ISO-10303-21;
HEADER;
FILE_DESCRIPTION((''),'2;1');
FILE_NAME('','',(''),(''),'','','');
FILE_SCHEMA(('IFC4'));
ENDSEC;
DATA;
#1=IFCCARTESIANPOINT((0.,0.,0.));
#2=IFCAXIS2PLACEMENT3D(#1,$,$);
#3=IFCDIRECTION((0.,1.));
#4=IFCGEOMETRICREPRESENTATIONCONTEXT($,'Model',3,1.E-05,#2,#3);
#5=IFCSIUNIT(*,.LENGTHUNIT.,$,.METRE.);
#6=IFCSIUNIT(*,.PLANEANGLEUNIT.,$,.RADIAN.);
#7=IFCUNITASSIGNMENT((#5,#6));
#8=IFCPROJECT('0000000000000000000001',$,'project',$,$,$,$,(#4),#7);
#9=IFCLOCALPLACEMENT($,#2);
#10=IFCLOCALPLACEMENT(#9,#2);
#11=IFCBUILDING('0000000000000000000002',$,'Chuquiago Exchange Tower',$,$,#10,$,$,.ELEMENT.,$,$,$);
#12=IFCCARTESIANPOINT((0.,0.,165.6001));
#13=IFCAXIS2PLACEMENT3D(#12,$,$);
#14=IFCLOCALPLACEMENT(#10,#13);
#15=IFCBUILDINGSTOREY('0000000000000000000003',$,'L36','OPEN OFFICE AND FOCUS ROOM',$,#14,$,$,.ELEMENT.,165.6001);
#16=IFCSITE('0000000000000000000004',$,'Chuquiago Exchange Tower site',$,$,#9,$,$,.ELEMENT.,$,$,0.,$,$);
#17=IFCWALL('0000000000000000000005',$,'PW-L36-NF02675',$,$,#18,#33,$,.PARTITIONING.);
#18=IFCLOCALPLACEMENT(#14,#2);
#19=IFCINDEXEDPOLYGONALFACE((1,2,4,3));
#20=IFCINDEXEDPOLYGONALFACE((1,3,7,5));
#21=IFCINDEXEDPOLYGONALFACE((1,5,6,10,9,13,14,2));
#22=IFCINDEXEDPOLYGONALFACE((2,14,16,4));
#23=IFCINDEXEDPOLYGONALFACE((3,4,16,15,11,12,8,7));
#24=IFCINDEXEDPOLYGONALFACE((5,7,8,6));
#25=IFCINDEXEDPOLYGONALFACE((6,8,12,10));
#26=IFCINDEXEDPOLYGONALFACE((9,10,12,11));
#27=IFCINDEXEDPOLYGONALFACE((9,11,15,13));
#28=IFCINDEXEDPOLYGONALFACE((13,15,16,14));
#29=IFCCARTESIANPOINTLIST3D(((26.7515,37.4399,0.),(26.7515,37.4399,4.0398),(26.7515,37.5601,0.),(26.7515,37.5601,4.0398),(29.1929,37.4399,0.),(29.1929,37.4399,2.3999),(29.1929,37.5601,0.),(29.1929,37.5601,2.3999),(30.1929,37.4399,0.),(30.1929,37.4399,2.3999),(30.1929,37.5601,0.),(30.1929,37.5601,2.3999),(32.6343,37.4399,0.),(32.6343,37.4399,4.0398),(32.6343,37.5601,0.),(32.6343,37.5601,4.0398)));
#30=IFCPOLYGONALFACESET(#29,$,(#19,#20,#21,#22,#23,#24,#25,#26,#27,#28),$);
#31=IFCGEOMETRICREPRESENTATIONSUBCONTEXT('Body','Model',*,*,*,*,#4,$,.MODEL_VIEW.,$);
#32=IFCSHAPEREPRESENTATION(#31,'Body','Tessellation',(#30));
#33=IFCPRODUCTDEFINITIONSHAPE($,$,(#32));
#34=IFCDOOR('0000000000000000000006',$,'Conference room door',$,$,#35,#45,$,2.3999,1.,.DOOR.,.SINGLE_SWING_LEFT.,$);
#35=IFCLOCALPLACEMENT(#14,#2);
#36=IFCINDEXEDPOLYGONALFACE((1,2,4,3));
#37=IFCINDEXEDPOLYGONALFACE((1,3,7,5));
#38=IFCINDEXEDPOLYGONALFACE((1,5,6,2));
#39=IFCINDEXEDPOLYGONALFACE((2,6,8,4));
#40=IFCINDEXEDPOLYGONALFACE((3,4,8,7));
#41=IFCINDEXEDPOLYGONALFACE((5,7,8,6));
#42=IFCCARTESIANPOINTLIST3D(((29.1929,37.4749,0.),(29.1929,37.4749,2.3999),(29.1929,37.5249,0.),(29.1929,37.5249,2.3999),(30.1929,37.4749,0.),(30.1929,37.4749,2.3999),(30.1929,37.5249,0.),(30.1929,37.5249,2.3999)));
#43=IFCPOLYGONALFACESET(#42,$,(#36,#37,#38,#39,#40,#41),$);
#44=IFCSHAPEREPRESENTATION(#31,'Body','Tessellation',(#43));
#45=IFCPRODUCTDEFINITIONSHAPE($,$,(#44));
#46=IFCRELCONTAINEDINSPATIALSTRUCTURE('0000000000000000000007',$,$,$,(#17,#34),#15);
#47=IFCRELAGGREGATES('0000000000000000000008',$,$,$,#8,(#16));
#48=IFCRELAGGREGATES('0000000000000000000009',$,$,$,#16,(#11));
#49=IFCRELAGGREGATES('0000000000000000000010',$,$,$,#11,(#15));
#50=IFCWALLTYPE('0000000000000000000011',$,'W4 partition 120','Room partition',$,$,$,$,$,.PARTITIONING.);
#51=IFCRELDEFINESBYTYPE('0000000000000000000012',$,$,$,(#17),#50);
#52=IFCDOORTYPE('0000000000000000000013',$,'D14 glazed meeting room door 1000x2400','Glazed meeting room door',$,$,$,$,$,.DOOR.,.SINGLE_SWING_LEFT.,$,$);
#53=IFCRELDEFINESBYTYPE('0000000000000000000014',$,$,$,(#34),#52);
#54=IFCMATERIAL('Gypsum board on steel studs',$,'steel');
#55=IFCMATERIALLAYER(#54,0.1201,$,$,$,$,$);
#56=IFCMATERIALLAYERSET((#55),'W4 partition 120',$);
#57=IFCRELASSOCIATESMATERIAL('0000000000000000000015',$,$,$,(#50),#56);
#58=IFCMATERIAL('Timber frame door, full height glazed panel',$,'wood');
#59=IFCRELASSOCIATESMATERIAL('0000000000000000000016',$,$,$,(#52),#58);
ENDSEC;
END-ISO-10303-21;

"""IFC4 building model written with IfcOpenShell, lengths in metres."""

from ifc_helpers import new_model, si_unit, direction, frame, frame_2d, origin, place, context, subcontext, project, spatial, rectangle, extrude, material, layer, layer_set, type_object, element, fill, save


model = new_model("IFC4")

# Units and contexts
model_context = context("Model", 3, precision=1e-05, world=origin(), true_north=direction((0.0, 1.0)))
body_context = subcontext(model_context, "Body", "Model", "MODEL_VIEW")
ifc_project = project(units=[si_unit("LENGTHUNIT", "METRE"), si_unit("PLANEANGLEUNIT", "RADIAN")], contexts=[model_context])

# Site, building, storey
site_placement = place(None, origin())
site = spatial("IfcSite", under=ifc_project, at=site_placement, Name="Chuquiago Exchange Tower site", CompositionType="ELEMENT", RefElevation=0.0)
building_placement = place(site_placement, origin())
building = spatial("IfcBuilding", under=site, at=building_placement, Name="Chuquiago Exchange Tower", CompositionType="ELEMENT")
storey_placement = place(building_placement, frame((0.0, 0.0, 165.6001)))
storey = spatial("IfcBuildingStorey", under=building, at=storey_placement, Name="L36", Description="OPEN OFFICE AND FOCUS ROOM", CompositionType="ELEMENT", Elevation=165.6001)

# Shared definitions
ifc_material_1 = material(Name="Gypsum board on steel studs", Category="steel")
ifc_layer_1 = layer(ifc_material_1, 0.1201)
ifc_layer_set_1 = layer_set([ifc_layer_1], Name="W4 partition 120")
wall_type_1 = type_object("IfcWallType", Name="W4 partition 120", Description="Room partition", PredefinedType="PARTITIONING", material=ifc_layer_set_1)

# Wall, opening, door
ifc_material_2 = material(Name="Timber frame door, full height glazed panel", Category="wood")
door_type = type_object("IfcDoorType", Name="D14 glazed meeting room door 1000x2400", Description="Glazed meeting room door", OperationType="SINGLE_SWING_LEFT", PredefinedType="DOOR", material=ifc_material_2)
wall_1_placement = place(storey_placement, frame((26.7515, 37.5, 0.0), z_axis=(0.0, 0.0, 1.0), x_axis=(1.0, 0.0, 0.0)))
wall_1 = element("IfcWall", 1, at=wall_1_placement, inside=storey, type_object=wall_type_1, Name="PW-L36-NF02675", PredefinedType="PARTITIONING", context=body_context, shape_type="SweptSolid", body=[
    extrude(rectangle(XDim=5.8828, YDim=0.1201, at=frame_2d((2.9414, 0.0))), origin(), (0.0, 0.0, 1.0), 4.0398),
])
opening_1_placement = place(wall_1_placement, frame((2.4414, 0.0, 0.0)))
opening_1 = element("IfcOpeningElement", 2, at=opening_1_placement, cuts=wall_1, PredefinedType="OPENING", context=body_context, shape_type="SweptSolid", body=[
    extrude(rectangle(XDim=1.0, YDim=2.3999, at=frame_2d((0.5, 1.2))), frame((0.0, 0.0701, 0.0), z_axis=(0.0, -1.0, 0.0), x_axis=(1.0, 0.0, 0.0)), (0.0, 0.0, 1.0), 0.1401),
])
door_1_placement = place(opening_1_placement, origin())
door_1 = element("IfcDoor", 3, at=door_1_placement, inside=storey, type_object=door_type, Name="Conference room door", OperationType="SINGLE_SWING_LEFT", OverallHeight=2.3999, OverallWidth=1.0, PredefinedType="DOOR", context=body_context, shape_type="SweptSolid", body=[
    extrude(rectangle(XDim=1.0, YDim=2.3999, at=frame_2d((0.5, 1.2))), frame((0.0, 0.0249, 0.0), z_axis=(0.0, -1.0, 0.0), x_axis=(1.0, 0.0, 0.0)), (0.0, 0.0, 1.0), 0.05),
])
fill(opening_1, door_1)

save(model, "model.ifc")
